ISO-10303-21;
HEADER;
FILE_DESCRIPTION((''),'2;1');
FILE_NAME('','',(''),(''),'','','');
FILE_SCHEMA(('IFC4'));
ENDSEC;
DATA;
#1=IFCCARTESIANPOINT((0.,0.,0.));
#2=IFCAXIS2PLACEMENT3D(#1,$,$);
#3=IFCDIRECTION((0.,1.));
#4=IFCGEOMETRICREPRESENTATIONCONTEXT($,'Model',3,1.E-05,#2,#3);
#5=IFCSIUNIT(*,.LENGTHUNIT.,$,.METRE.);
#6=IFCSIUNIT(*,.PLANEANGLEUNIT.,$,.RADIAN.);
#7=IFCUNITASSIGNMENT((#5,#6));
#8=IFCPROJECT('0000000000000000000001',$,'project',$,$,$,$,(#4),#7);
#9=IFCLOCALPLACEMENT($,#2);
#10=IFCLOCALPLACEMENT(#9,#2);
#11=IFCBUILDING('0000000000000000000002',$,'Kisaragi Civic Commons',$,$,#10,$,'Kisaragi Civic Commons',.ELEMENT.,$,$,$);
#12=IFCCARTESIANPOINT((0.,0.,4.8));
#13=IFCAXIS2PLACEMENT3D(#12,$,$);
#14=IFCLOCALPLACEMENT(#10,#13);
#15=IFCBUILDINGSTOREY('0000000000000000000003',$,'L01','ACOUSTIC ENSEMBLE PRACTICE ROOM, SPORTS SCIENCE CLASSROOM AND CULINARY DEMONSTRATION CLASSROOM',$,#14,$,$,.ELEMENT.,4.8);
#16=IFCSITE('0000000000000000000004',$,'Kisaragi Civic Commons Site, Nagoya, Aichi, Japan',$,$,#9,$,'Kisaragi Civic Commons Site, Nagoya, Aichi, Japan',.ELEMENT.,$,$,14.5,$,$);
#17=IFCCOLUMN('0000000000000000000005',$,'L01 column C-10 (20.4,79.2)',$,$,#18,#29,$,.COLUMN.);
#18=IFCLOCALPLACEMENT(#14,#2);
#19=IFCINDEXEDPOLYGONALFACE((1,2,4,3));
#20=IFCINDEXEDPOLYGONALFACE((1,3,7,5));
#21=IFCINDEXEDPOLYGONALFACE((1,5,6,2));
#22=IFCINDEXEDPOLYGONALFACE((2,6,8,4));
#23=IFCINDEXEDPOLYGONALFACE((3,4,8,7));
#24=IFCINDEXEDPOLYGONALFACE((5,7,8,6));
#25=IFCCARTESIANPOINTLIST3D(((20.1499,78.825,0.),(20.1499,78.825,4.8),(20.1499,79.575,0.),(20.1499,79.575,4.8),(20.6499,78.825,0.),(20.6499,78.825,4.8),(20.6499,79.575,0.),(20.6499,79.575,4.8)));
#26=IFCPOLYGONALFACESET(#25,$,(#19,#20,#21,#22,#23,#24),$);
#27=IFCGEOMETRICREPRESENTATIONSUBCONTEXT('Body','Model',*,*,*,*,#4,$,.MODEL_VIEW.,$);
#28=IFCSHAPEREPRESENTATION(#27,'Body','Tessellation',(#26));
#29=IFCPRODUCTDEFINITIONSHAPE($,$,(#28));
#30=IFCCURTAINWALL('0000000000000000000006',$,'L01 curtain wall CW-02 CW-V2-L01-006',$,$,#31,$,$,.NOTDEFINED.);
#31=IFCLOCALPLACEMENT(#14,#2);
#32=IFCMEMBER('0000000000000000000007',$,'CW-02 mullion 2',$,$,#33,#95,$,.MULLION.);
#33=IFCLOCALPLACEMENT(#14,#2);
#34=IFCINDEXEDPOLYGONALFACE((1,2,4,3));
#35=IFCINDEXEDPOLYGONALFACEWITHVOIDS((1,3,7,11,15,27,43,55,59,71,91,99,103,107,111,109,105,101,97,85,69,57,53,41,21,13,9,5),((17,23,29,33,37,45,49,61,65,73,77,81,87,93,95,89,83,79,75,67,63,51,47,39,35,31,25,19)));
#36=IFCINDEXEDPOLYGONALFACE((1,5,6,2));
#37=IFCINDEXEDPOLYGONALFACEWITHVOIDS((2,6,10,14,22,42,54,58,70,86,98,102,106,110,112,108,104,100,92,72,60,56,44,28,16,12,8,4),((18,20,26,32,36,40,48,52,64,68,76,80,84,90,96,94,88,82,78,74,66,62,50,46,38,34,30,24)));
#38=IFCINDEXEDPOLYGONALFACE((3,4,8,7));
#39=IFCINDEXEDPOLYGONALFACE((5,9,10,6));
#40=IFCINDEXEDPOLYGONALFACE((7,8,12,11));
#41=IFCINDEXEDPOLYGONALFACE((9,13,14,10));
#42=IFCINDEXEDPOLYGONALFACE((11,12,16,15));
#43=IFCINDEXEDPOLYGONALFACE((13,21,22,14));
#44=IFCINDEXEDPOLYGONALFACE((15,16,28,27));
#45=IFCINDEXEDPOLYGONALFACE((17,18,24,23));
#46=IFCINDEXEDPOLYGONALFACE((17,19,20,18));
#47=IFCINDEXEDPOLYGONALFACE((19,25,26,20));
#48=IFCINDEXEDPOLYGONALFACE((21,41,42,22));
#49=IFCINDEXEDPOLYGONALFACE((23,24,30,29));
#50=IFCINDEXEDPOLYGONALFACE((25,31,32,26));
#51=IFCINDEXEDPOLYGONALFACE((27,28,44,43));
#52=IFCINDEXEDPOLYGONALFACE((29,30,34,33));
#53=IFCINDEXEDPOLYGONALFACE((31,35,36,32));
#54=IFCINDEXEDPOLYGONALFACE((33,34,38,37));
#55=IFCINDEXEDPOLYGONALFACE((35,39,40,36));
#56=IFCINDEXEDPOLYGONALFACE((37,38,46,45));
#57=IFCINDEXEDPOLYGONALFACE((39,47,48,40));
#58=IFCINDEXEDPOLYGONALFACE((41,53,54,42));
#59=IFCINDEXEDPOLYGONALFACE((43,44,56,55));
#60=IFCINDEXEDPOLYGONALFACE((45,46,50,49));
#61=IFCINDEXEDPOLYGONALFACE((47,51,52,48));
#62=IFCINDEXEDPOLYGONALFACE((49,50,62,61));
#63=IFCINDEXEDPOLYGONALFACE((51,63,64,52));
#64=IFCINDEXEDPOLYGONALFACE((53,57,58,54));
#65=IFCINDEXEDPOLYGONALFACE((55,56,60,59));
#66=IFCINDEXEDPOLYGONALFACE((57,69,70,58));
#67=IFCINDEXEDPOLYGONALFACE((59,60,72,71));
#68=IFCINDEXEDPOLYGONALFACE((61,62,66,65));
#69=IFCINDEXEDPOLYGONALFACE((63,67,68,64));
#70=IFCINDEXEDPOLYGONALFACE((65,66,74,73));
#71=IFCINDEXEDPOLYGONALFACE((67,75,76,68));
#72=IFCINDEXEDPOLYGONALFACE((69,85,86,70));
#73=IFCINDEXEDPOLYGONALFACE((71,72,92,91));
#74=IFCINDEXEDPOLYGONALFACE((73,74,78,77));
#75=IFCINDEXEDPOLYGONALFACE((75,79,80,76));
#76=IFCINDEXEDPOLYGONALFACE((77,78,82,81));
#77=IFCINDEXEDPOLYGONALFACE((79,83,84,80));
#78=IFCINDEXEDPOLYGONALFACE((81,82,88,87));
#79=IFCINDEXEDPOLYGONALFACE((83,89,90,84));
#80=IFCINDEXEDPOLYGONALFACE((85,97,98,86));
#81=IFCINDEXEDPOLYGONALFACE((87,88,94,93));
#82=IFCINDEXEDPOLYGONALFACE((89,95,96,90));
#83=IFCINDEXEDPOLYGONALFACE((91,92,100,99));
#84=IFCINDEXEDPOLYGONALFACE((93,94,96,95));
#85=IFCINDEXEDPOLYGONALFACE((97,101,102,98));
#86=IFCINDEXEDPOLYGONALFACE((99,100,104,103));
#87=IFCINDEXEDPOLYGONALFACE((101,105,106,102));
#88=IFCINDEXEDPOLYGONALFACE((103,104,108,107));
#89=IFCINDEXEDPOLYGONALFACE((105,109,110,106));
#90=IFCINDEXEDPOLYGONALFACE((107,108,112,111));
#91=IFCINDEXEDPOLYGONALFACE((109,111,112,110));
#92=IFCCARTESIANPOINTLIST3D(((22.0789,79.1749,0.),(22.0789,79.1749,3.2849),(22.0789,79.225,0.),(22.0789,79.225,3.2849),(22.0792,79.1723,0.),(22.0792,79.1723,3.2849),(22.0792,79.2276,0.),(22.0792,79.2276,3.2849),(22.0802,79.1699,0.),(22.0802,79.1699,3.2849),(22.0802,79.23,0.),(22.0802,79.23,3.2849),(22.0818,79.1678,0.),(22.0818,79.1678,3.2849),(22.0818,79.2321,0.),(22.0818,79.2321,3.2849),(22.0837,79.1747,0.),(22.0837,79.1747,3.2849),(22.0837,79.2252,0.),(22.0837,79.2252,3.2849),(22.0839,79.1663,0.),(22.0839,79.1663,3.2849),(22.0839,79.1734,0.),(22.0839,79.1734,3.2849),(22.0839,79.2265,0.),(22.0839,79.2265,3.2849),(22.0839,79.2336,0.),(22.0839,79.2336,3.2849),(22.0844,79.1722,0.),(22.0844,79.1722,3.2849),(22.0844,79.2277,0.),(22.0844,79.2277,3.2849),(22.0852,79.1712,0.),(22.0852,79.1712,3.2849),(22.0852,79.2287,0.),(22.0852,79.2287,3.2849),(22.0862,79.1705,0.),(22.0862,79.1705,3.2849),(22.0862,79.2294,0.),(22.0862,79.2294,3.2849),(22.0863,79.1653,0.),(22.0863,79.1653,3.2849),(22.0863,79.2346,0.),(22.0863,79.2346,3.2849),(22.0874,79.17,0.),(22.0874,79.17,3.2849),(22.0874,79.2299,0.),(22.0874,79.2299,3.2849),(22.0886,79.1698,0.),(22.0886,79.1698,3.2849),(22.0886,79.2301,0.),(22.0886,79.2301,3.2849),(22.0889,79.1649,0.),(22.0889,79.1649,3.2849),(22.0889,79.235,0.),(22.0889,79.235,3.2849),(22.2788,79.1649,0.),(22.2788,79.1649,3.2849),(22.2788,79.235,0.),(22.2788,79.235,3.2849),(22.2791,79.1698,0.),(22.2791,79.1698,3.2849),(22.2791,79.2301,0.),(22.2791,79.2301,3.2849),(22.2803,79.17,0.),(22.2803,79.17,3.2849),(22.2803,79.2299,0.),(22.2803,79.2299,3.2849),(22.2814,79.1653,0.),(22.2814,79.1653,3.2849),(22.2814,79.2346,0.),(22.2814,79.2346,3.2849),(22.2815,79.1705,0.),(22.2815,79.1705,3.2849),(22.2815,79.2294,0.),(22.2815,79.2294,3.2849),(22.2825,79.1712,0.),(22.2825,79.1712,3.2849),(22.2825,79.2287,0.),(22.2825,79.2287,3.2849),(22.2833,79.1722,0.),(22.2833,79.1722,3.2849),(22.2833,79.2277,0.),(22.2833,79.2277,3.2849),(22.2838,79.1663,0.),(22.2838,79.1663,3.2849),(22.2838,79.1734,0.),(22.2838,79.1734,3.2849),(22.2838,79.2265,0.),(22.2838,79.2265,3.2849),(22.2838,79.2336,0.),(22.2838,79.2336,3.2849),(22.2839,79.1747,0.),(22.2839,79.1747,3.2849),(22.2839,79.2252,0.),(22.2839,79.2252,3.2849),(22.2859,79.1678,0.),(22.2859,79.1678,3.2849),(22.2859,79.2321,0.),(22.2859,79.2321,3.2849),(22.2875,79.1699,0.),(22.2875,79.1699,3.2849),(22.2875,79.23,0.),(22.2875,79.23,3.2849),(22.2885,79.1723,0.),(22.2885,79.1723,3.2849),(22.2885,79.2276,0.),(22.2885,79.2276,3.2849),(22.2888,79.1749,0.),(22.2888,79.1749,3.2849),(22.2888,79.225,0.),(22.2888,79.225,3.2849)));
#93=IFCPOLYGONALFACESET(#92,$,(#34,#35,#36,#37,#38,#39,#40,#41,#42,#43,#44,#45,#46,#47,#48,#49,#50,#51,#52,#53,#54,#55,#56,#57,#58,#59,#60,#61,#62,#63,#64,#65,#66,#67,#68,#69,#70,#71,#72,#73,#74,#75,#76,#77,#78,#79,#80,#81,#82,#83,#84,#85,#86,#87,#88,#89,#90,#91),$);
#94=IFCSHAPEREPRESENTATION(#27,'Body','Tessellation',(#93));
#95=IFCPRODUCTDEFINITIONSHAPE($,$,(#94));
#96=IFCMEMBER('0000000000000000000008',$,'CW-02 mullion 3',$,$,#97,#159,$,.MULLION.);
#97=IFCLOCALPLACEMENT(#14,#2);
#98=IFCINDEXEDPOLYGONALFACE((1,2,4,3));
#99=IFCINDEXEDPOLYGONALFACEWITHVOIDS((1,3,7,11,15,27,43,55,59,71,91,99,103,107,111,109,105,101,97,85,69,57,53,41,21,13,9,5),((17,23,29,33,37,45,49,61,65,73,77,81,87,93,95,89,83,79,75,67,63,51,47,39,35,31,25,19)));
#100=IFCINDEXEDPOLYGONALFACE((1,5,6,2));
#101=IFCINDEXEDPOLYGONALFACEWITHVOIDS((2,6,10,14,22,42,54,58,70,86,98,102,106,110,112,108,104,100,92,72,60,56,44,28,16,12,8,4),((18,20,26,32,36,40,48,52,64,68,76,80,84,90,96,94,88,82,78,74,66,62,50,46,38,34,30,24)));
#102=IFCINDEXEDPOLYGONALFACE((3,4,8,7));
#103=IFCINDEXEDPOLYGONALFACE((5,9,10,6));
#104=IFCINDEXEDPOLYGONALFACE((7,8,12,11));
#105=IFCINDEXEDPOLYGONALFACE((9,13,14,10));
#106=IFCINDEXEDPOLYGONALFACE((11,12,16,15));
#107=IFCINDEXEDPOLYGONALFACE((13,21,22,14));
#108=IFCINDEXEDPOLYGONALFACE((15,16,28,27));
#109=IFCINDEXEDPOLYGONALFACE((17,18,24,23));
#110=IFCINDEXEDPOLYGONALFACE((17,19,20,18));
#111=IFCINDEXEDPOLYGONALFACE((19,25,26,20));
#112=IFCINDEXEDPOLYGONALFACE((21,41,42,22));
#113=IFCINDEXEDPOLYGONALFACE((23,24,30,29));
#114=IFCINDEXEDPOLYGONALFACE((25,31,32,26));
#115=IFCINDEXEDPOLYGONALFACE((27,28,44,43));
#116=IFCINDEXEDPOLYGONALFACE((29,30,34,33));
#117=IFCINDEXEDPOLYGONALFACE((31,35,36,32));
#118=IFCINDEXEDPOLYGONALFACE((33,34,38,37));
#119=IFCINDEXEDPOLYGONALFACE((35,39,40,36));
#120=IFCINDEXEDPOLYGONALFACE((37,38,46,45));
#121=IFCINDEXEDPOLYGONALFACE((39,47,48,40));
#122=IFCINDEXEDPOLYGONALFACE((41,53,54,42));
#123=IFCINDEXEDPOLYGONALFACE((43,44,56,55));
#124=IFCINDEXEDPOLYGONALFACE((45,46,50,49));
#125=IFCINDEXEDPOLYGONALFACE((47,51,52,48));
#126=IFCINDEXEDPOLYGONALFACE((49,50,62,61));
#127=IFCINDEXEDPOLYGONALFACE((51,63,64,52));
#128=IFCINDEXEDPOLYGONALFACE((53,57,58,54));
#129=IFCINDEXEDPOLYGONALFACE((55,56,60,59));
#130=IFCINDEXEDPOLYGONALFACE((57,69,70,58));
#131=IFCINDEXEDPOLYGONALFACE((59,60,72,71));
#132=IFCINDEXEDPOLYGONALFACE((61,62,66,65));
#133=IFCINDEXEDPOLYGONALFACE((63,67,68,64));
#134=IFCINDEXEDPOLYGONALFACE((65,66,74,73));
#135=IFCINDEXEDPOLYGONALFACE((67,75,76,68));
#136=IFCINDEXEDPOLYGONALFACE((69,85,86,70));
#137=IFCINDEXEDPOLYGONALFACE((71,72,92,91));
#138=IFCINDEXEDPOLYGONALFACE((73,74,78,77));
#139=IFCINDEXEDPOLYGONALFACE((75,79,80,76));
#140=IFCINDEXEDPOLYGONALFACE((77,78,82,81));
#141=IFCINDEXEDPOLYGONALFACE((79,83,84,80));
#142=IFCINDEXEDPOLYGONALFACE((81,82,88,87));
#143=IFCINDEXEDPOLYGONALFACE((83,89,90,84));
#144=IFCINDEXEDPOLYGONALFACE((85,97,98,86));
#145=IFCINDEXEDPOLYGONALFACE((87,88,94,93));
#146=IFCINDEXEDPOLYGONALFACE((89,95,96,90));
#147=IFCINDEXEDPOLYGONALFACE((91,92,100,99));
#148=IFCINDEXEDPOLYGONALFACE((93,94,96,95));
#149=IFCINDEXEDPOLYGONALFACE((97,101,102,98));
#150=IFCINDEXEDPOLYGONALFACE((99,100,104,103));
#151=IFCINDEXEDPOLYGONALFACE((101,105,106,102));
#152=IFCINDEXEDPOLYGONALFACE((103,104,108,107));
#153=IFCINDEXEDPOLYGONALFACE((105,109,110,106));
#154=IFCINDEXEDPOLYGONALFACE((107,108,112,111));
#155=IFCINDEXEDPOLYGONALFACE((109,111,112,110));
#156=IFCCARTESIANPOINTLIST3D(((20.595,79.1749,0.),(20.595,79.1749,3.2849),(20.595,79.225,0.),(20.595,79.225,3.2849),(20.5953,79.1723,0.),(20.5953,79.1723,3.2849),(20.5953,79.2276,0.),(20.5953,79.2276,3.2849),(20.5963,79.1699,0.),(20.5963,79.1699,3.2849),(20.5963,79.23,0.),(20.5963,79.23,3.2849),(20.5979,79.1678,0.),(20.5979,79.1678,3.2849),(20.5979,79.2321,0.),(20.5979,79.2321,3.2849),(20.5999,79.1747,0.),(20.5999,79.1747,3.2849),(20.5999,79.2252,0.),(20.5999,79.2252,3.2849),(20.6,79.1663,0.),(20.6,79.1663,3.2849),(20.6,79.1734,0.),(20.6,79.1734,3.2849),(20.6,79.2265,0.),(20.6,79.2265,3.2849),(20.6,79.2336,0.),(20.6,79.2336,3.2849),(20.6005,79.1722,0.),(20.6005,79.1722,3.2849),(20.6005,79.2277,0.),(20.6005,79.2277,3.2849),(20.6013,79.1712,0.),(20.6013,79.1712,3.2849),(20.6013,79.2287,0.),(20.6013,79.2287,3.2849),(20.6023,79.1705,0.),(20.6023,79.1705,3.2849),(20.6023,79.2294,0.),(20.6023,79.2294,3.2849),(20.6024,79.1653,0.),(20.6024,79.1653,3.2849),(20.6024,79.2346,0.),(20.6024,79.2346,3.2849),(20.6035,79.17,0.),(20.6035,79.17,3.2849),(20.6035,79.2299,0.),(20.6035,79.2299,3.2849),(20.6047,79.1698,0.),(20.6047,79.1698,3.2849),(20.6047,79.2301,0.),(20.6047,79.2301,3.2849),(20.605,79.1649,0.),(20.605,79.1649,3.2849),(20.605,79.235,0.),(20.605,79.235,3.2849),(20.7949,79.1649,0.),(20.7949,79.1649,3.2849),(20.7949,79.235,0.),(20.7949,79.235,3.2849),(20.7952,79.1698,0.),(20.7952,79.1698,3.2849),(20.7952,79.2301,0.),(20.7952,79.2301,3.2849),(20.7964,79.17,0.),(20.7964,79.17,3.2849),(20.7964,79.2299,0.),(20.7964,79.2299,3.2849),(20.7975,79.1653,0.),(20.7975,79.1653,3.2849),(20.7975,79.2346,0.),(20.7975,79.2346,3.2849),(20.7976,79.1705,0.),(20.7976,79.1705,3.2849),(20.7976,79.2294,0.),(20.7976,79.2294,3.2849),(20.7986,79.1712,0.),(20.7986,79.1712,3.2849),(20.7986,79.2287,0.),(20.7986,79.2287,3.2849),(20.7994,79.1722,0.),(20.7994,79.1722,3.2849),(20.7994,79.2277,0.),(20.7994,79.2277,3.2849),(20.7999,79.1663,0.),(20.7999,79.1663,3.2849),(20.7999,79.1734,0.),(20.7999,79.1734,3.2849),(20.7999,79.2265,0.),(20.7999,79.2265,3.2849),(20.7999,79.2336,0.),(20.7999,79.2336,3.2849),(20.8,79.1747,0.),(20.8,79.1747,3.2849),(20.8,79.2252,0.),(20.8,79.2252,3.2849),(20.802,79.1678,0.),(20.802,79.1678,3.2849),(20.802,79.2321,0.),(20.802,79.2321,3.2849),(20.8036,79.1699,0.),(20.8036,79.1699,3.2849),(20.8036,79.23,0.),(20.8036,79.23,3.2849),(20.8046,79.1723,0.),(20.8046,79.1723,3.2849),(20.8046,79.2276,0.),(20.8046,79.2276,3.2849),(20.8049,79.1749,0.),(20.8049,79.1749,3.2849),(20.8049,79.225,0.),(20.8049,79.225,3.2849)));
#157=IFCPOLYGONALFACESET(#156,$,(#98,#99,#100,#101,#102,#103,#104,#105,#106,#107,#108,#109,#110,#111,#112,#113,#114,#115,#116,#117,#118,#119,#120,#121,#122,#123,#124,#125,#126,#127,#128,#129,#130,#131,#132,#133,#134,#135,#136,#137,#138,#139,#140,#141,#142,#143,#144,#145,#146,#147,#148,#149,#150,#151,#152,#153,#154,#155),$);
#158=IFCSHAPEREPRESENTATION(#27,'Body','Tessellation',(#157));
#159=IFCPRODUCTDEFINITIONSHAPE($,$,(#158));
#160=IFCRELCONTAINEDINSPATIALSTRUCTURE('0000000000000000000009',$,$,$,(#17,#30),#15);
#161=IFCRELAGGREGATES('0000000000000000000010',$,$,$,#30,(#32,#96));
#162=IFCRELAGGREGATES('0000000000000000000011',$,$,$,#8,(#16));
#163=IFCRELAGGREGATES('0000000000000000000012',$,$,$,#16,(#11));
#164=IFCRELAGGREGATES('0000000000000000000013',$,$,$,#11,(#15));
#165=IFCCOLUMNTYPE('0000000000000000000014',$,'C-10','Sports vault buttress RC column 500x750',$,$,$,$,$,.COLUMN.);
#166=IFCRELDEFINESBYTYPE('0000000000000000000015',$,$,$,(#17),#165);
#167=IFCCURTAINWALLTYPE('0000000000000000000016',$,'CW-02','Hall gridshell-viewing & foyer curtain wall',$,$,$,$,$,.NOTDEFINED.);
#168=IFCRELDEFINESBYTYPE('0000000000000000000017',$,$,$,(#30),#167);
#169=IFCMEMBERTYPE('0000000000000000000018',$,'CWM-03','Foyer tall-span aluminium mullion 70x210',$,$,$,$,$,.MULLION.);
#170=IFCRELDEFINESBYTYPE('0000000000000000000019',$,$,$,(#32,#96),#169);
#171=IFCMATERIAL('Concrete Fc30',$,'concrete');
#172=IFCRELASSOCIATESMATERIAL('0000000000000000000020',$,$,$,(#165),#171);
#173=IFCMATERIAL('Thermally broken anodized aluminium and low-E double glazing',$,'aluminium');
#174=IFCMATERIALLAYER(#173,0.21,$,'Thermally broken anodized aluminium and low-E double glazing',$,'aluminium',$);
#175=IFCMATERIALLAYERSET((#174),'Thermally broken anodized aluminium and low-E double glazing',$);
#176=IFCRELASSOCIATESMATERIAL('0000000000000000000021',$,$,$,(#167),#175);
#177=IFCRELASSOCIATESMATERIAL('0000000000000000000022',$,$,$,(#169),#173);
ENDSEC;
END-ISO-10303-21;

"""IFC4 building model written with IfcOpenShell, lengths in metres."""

from ifc_helpers import new_model, si_unit, direction, frame, origin, origin_2d, place, context, subcontext, project, spatial, rectangle, hollow_rectangle, extrude, material, layer, layer_set, material_profile, profile_set, type_object, element, aggregate, save


model = new_model("IFC4")

# Units and contexts
model_context = context("Model", 3, precision=1e-05, world=origin(), true_north=direction((0.0, 1.0)))
body_context = subcontext(model_context, "Body", "Model", "MODEL_VIEW")
ifc_project = project(units=[si_unit("LENGTHUNIT", "METRE"), si_unit("PLANEANGLEUNIT", "RADIAN")], contexts=[model_context])

# Site, building, storey
site_placement = place(None, origin())
site = spatial("IfcSite", under=ifc_project, at=site_placement, Name="Kisaragi Civic Commons Site, Nagoya, Aichi, Japan", LongName="Kisaragi Civic Commons Site, Nagoya, Aichi, Japan", CompositionType="ELEMENT", RefElevation=14.5)
building_placement = place(site_placement, origin())
building = spatial("IfcBuilding", under=site, at=building_placement, Name="Kisaragi Civic Commons", LongName="Kisaragi Civic Commons", CompositionType="ELEMENT")
storey_placement = place(building_placement, frame((0.0, 0.0, 4.8)))
storey = spatial("IfcBuildingStorey", under=building, at=storey_placement, Name="L01", Description="ACOUSTIC ENSEMBLE PRACTICE ROOM, SPORTS SCIENCE CLASSROOM AND CULINARY DEMONSTRATION CLASSROOM", CompositionType="ELEMENT", Elevation=4.8)

# Column
ifc_material_1 = material(Name="Concrete Fc30", Category="concrete")
ifc_material_profile_1 = material_profile(ifc_material_1, rectangle(XDim=0.5, YDim=0.75, at=origin_2d()), Name="RC-500x750", Category="concrete")
ifc_profile_set_1 = profile_set([ifc_material_profile_1], Name="Concrete Fc30")
column_type = type_object("IfcColumnType", Name="C-10", Description="Sports vault buttress RC column 500x750", PredefinedType="COLUMN", material=ifc_profile_set_1)
column_placement = place(storey_placement, frame((20.3999, 79.2, 0.0), z_axis=(0.0, 0.0, 1.0), x_axis=(1.0, 0.0, 0.0)))
element("IfcColumn", 1, at=column_placement, inside=storey, type_object=column_type, Name="L01 column C-10 (20.4,79.2)", PredefinedType="COLUMN", context=body_context, shape_type="SweptSolid", body=[
    extrude(rectangle(XDim=0.5, YDim=0.75, at=origin_2d()), origin(), (0.0, 0.0, 1.0), 4.8),
])

# Curtain wall, members
ifc_material_2 = material(Name="Thermally broken anodized aluminium and low-E double glazing", Category="aluminium")
ifc_layer_1 = layer(ifc_material_2, 0.21, Name="Thermally broken anodized aluminium and low-E double glazing", Category="aluminium")
ifc_layer_set_1 = layer_set([ifc_layer_1], Name="Thermally broken anodized aluminium and low-E double glazing")
curtain_wall_type = type_object("IfcCurtainWallType", Name="CW-02", Description="Hall gridshell-viewing & foyer curtain wall", PredefinedType="NOTDEFINED", material=ifc_layer_set_1)
curtain_wall_placement = place(storey_placement, origin())
curtain_wall = element("IfcCurtainWall", 2, at=curtain_wall_placement, inside=storey, type_object=curtain_wall_type, Name="L01 curtain wall CW-02 CW-V2-L01-006", PredefinedType="NOTDEFINED")
ifc_material_profile_2 = material_profile(ifc_material_2, hollow_rectangle(XDim=0.0701, YDim=0.21, WallThickness=0.0049, InnerFilletRadius=0.0049, OuterFilletRadius=0.01, at=origin_2d()), Name="CWM-70x210x5", Category="aluminium")
ifc_profile_set_2 = profile_set([ifc_material_profile_2], Name="Thermally broken anodized aluminium and low-E double glazing")
member_type_1 = type_object("IfcMemberType", Name="CWM-03", Description="Foyer tall-span aluminium mullion 70x210", PredefinedType="MULLION", material=ifc_profile_set_2)
member_1_placement = place(storey_placement, frame((22.1838, 79.2, 0.0), z_axis=(0.0, 0.0, 1.0), x_axis=(0.0, -1.0, 0.0)))
member_1 = element("IfcMember", 3, at=member_1_placement, type_object=member_type_1, Name="CW-02 mullion 2", PredefinedType="MULLION", context=body_context, shape_type="SweptSolid", body=[
    extrude(hollow_rectangle(XDim=0.0701, YDim=0.21, WallThickness=0.0049, InnerFilletRadius=0.0049, OuterFilletRadius=0.01, at=origin_2d()), origin(), (0.0, 0.0, 1.0), 3.2849),
])
member_2_placement = place(storey_placement, frame((20.7, 79.2, 0.0), z_axis=(0.0, 0.0, 1.0), x_axis=(0.0, -1.0, 0.0)))
member_2 = element("IfcMember", 4, at=member_2_placement, type_object=member_type_1, Name="CW-02 mullion 3", PredefinedType="MULLION", context=body_context, shape_type="SweptSolid", body=[
    extrude(hollow_rectangle(XDim=0.0701, YDim=0.21, WallThickness=0.0049, InnerFilletRadius=0.0049, OuterFilletRadius=0.01, at=origin_2d()), origin(), (0.0, 0.0, 1.0), 3.2849),
])

aggregate(curtain_wall, [member_1, member_2])

save(model, "model.ifc")
